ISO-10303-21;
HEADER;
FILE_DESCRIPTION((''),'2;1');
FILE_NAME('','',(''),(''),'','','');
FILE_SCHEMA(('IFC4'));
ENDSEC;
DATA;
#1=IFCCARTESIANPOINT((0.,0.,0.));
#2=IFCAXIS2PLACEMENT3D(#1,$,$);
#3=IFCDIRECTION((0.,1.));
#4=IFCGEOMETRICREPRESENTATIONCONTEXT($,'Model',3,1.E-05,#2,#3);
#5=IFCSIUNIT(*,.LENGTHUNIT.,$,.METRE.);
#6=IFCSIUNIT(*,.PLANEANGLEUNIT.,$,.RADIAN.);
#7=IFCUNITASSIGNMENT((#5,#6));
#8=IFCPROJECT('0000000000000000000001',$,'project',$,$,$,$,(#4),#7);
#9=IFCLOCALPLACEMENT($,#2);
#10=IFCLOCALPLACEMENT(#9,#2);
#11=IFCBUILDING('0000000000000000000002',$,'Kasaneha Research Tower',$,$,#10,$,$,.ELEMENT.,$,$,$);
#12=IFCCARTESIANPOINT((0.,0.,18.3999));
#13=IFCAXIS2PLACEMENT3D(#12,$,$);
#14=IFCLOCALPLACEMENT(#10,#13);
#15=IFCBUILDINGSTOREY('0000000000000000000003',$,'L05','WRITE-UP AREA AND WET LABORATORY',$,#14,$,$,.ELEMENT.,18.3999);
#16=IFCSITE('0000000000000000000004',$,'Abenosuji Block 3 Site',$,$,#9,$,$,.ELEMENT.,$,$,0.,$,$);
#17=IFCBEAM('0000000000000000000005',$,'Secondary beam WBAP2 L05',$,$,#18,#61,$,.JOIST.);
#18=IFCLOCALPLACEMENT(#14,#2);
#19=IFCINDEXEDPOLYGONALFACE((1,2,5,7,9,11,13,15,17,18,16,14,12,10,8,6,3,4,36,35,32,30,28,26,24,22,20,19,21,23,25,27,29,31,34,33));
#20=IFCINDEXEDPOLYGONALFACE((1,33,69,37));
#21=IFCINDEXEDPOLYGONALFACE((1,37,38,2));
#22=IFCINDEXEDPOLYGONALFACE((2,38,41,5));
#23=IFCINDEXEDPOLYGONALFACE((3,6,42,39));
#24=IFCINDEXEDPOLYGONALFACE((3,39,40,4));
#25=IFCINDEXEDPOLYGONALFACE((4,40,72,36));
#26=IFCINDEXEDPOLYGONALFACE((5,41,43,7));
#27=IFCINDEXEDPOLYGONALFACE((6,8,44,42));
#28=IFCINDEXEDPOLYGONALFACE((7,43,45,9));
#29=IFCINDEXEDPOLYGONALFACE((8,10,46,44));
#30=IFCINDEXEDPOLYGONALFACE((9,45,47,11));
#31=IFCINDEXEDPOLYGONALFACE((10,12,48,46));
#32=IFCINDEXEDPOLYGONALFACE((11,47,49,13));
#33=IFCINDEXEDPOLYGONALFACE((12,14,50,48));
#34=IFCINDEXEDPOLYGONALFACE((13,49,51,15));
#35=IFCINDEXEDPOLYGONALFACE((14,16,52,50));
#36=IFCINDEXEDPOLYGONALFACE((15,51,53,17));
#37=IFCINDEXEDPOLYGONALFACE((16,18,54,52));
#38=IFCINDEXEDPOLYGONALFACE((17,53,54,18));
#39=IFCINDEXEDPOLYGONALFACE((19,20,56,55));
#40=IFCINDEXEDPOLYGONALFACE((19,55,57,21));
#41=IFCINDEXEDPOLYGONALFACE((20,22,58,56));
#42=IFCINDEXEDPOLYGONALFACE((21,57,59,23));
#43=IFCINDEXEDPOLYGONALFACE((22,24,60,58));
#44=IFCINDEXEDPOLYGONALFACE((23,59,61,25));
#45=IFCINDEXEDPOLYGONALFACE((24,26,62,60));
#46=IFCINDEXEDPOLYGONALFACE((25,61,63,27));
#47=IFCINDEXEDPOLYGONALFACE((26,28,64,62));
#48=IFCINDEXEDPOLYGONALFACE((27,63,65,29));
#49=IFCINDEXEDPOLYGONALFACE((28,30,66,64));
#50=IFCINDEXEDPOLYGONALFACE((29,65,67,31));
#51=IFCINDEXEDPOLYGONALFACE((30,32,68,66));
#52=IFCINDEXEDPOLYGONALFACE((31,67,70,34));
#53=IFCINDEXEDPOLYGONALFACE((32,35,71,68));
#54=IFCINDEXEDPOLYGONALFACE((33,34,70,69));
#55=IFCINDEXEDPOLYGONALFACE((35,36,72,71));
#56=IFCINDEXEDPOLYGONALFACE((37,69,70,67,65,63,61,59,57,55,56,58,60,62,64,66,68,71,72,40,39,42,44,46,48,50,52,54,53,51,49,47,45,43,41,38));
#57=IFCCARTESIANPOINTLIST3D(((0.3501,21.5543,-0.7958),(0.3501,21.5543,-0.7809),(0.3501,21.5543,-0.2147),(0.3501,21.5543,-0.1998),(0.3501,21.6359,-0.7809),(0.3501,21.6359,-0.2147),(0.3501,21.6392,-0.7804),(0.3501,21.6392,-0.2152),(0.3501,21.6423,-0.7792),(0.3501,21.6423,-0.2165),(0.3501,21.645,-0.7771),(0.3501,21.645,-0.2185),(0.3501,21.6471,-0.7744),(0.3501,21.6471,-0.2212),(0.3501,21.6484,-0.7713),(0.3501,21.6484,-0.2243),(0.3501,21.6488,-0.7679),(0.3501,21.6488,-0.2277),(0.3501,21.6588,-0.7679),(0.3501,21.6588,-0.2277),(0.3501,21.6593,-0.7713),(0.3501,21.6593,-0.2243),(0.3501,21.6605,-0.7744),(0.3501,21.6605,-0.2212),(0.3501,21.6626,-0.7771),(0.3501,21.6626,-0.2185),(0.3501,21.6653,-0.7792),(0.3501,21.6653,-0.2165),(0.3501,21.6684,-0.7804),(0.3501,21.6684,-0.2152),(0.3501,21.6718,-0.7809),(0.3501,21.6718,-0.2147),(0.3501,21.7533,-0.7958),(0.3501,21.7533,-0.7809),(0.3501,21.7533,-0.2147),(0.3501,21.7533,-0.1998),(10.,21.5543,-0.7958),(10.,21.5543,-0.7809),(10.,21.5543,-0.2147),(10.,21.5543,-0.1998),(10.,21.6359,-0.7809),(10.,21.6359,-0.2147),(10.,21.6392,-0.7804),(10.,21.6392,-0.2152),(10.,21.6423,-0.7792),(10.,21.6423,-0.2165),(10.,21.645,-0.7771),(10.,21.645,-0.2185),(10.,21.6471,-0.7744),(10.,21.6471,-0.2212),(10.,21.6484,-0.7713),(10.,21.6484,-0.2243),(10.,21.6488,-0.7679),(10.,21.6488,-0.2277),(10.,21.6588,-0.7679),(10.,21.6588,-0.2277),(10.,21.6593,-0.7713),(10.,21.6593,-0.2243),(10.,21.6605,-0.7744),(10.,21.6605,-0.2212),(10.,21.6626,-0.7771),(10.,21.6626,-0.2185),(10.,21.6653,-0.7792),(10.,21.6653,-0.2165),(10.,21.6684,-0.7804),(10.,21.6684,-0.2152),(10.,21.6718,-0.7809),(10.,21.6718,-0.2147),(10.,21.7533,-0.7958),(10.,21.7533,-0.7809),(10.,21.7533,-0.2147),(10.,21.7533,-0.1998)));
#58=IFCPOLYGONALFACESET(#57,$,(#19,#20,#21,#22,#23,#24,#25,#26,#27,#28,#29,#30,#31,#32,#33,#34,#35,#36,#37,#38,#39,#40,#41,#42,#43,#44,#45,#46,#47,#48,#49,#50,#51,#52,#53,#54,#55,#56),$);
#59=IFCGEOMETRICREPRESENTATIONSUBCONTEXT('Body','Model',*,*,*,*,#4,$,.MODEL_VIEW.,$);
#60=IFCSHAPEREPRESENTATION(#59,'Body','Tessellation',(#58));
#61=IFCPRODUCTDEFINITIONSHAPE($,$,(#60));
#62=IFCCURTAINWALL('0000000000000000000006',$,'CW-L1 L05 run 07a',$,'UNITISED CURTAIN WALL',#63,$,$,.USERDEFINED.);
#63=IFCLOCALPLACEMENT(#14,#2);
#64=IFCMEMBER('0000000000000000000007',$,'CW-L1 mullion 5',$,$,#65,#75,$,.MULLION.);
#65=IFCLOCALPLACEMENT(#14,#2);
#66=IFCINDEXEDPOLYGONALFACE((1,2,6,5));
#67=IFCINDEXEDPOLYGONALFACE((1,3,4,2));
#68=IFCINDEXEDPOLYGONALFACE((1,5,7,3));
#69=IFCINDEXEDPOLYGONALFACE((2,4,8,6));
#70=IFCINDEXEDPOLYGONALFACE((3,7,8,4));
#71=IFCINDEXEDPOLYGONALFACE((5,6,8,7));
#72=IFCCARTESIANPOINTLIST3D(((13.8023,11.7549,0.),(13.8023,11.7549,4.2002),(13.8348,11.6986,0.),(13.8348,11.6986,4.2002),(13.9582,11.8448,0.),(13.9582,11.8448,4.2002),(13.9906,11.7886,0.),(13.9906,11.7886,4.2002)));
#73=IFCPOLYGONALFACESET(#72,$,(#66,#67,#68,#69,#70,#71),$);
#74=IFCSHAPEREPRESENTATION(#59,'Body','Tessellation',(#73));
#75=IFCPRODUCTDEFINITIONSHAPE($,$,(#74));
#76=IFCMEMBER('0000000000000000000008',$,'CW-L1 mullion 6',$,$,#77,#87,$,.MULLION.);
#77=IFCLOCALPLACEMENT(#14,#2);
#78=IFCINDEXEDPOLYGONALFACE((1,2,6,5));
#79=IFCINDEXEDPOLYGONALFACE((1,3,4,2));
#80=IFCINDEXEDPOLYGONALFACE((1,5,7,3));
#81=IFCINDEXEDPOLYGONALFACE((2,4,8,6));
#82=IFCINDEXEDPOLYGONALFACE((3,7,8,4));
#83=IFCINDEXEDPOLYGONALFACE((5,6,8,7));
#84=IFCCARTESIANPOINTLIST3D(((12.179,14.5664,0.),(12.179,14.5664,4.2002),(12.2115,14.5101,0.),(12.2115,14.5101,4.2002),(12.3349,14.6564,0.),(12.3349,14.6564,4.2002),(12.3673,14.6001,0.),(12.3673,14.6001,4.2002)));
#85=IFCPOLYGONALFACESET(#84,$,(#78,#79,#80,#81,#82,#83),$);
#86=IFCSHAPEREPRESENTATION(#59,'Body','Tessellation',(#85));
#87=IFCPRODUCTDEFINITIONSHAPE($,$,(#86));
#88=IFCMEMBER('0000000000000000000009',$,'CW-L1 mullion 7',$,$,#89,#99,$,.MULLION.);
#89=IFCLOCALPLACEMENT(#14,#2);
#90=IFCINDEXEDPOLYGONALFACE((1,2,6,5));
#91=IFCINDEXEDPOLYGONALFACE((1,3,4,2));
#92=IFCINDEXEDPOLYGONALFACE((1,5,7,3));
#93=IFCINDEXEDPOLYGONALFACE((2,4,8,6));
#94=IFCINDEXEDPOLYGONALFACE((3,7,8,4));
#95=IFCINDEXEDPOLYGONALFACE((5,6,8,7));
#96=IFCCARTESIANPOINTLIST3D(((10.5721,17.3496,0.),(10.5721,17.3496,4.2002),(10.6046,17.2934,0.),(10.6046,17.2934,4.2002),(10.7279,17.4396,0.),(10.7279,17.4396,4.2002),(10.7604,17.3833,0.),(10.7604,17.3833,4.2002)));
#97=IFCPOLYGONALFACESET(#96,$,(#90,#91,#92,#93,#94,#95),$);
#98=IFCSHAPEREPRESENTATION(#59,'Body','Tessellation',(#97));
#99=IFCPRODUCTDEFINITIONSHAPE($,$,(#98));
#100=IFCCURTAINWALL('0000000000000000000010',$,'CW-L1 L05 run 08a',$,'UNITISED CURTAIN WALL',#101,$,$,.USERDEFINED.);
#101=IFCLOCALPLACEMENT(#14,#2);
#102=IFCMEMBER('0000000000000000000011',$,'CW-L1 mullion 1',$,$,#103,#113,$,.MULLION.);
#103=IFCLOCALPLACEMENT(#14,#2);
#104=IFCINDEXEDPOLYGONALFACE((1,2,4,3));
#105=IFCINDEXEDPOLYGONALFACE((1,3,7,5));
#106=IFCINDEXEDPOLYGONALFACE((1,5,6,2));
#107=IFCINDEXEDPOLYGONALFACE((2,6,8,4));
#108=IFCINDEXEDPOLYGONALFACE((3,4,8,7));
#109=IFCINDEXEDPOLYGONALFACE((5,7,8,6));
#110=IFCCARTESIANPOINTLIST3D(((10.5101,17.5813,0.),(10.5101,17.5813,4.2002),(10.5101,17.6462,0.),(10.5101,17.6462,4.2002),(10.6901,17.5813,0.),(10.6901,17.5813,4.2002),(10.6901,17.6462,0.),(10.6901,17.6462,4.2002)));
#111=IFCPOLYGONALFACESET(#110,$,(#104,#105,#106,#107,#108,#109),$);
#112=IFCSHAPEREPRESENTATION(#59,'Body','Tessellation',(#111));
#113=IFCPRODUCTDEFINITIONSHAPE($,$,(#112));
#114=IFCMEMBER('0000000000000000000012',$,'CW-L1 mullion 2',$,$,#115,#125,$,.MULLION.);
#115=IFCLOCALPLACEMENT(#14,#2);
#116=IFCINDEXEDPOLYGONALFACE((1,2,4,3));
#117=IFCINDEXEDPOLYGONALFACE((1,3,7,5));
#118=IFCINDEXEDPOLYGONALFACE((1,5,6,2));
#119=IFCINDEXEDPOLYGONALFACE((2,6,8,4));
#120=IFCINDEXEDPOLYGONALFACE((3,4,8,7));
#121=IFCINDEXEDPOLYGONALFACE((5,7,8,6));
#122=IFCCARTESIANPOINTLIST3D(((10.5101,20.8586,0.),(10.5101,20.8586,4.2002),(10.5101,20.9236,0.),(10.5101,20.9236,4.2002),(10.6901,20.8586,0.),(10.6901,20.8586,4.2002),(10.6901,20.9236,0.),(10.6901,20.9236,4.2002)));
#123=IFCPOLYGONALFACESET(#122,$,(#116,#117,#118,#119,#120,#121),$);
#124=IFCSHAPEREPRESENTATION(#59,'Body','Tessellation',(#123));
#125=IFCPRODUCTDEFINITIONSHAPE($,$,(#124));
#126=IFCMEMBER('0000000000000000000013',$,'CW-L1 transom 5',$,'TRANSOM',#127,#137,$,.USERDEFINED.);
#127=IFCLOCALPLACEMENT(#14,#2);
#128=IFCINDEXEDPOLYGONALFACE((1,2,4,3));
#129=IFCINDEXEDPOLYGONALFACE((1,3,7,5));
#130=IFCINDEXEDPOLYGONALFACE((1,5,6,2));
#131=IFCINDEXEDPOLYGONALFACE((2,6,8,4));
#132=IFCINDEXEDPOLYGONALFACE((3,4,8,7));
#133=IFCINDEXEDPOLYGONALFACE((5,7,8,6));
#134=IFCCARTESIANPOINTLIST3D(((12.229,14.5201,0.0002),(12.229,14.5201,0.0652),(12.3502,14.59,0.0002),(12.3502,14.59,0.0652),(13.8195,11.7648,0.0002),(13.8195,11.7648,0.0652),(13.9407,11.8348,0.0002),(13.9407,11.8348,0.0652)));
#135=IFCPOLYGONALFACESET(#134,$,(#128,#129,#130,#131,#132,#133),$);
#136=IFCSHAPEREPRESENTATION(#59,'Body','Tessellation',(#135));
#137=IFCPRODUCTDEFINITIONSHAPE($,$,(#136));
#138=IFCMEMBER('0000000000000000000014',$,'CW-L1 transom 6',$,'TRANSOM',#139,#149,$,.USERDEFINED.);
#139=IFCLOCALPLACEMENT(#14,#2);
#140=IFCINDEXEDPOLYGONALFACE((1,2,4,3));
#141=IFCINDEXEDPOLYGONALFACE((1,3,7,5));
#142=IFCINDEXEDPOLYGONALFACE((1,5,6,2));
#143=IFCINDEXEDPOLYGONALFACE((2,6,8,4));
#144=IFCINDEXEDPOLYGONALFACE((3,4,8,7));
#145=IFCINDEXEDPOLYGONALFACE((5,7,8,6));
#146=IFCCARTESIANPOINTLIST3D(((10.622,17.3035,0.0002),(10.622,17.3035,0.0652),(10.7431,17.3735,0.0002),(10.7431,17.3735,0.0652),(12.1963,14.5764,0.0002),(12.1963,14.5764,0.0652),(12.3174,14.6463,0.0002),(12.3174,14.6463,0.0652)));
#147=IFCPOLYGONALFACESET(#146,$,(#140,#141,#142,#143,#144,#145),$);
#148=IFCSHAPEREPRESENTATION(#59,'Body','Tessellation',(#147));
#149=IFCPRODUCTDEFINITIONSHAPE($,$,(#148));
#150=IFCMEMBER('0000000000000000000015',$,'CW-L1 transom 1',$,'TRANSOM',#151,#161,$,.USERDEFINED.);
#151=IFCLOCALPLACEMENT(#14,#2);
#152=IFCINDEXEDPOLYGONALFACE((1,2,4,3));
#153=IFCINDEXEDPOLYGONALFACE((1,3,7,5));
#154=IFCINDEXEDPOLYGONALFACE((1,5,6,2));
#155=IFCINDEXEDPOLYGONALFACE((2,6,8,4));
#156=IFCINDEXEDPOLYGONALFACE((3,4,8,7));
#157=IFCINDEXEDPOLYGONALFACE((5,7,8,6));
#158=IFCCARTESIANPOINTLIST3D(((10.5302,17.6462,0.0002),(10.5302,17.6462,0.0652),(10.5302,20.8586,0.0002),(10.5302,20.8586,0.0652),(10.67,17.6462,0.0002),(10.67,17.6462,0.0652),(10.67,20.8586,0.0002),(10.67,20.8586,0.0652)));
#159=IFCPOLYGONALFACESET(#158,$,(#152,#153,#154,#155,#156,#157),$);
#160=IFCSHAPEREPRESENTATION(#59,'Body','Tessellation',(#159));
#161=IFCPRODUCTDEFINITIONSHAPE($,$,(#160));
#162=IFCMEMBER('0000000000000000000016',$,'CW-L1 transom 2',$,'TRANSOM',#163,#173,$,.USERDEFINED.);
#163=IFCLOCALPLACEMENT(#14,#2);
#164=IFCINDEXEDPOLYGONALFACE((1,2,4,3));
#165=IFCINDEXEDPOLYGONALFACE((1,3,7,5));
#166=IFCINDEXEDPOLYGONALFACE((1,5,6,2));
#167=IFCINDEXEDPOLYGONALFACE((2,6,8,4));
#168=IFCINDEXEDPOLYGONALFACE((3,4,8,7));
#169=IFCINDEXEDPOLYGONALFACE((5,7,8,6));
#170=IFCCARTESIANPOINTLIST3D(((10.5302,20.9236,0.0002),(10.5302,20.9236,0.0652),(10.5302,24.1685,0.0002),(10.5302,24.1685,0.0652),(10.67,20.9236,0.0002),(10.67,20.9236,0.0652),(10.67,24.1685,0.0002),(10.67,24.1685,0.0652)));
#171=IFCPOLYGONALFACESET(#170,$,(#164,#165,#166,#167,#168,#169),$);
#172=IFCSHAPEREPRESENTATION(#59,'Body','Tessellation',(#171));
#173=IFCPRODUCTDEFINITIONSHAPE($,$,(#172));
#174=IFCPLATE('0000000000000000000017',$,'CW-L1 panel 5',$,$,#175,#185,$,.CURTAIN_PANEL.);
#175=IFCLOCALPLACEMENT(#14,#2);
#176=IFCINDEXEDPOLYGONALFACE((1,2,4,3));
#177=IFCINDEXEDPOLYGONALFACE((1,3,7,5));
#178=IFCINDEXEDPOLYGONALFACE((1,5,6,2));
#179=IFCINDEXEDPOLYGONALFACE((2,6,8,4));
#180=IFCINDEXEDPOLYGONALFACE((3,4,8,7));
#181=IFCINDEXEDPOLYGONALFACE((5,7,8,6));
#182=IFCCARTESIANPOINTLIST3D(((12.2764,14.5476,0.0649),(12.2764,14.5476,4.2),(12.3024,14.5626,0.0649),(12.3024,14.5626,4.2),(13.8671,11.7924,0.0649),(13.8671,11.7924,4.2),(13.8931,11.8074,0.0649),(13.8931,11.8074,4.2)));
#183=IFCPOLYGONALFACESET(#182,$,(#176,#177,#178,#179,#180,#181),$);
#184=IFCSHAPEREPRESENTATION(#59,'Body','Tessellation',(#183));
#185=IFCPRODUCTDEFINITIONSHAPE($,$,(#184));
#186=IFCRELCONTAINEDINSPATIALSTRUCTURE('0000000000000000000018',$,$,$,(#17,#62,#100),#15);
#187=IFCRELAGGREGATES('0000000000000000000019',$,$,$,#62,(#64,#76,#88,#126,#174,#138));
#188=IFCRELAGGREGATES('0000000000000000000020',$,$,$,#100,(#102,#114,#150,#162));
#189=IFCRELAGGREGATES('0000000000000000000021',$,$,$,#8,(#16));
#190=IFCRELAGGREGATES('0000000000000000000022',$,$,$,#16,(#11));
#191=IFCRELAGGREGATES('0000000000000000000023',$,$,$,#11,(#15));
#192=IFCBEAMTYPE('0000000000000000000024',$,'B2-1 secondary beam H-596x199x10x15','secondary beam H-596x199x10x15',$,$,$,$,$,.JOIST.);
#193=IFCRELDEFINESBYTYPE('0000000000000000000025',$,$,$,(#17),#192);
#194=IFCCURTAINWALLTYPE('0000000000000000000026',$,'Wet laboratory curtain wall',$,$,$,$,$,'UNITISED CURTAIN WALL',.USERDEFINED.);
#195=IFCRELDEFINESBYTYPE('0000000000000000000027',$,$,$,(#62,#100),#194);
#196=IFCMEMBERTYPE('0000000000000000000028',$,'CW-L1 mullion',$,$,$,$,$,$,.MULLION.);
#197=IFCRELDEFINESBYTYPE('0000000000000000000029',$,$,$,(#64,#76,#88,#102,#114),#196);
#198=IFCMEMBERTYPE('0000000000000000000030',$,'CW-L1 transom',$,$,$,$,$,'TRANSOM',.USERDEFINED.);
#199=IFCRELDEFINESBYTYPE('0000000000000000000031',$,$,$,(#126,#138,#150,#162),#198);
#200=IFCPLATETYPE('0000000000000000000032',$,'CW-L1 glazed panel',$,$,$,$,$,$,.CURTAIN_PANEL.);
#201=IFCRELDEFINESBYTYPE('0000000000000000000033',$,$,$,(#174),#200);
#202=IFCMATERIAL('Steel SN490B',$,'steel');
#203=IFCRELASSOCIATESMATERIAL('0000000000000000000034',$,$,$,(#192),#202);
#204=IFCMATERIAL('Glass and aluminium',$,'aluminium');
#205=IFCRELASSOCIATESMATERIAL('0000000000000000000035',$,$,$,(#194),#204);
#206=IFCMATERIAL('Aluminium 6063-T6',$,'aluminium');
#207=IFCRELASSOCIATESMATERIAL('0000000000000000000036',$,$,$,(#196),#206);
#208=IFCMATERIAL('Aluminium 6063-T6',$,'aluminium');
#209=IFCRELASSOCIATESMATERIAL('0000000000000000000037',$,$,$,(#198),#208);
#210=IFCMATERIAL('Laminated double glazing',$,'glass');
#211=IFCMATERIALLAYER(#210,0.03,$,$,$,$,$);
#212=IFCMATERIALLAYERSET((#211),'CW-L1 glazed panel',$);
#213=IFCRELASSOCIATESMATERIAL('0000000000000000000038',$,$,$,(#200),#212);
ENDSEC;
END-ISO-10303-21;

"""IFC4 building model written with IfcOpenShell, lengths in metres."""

from ifc_helpers import new_model, si_unit, direction, frame, origin, origin_2d, place, context, subcontext, project, spatial, rectangle, i_section, extrude, material, layer, layer_set, material_profile, profile_set, type_object, element, aggregate, save


model = new_model("IFC4")

# Units and contexts
model_context = context("Model", 3, precision=1e-05, world=origin(), true_north=direction((0.0, 1.0)))
body_context = subcontext(model_context, "Body", "Model", "MODEL_VIEW")
ifc_project = project(units=[si_unit("LENGTHUNIT", "METRE"), si_unit("PLANEANGLEUNIT", "RADIAN")], contexts=[model_context])

# Site, building, storey
site_placement = place(None, origin())
site = spatial("IfcSite", under=ifc_project, at=site_placement, Name="Abenosuji Block 3 Site", CompositionType="ELEMENT", RefElevation=0.0)
building_placement = place(site_placement, origin())
building = spatial("IfcBuilding", under=site, at=building_placement, Name="Kasaneha Research Tower", CompositionType="ELEMENT")
storey_placement = place(building_placement, frame((0.0, 0.0, 18.3999)))
storey = spatial("IfcBuildingStorey", under=building, at=storey_placement, Name="L05", Description="WRITE-UP AREA AND WET LABORATORY", CompositionType="ELEMENT", Elevation=18.3999)

# Beam
ifc_material_1 = material(Name="Steel SN490B", Category="steel")
ifc_material_profile_1 = material_profile(ifc_material_1, i_section(OverallWidth=0.199, OverallDepth=0.5959, WebThickness=0.01, FlangeThickness=0.0149, FilletRadius=0.0129, at=origin_2d()), Name="H-596x199x10x15")
ifc_profile_set_1 = profile_set([ifc_material_profile_1], Name="Steel SN490B")
beam_type = type_object("IfcBeamType", Name="B2-1 secondary beam H-596x199x10x15", Description="secondary beam H-596x199x10x15", PredefinedType="JOIST", material=ifc_profile_set_1)
beam_placement = place(storey_placement, frame((10.0, 21.6538, -0.4978), z_axis=(-1.0, 0.0, 0.0), x_axis=(0.0, -1.0, 0.0)))
element("IfcBeam", 1, at=beam_placement, inside=storey, type_object=beam_type, Name="Secondary beam WBAP2 L05", PredefinedType="JOIST", context=body_context, shape_type="SweptSolid", body=[
    extrude(i_section(OverallWidth=0.199, OverallDepth=0.5959, WebThickness=0.01, FlangeThickness=0.0149, FilletRadius=0.0129, at=origin_2d()), origin(), (0.0, 0.0, 1.0), 9.6499),
])

# Curtain walls, members
ifc_material_2 = material(Name="Glass and aluminium", Category="aluminium")
curtain_wall_type = type_object("IfcCurtainWallType", Name="Wet laboratory curtain wall", ElementType="UNITISED CURTAIN WALL", PredefinedType="USERDEFINED", material=ifc_material_2)
curtain_wall_1_placement = place(storey_placement, origin())
curtain_wall_1 = element("IfcCurtainWall", 2, at=curtain_wall_1_placement, inside=storey, type_object=curtain_wall_type, Name="CW-L1 L05 run 07a", ObjectType="UNITISED CURTAIN WALL", PredefinedType="USERDEFINED")
ifc_material_3 = material(Name="Aluminium 6063-T6", Category="aluminium")
ifc_material_profile_2 = material_profile(ifc_material_3, rectangle(XDim=0.0649, YDim=0.1799, at=origin_2d()), Name="CW-L1 mullion 65x180")
ifc_profile_set_2 = profile_set([ifc_material_profile_2], Name="Aluminium 6063-T6")
member_type_1 = type_object("IfcMemberType", Name="CW-L1 mullion", PredefinedType="MULLION", material=ifc_profile_set_2)
member_1_placement = place(storey_placement, frame((13.8965, 11.7717, 0.0), z_axis=(0.0, 0.0, 1.0), x_axis=(-0.5, 0.866025, 0.0)))
member_1 = element("IfcMember", 3, at=member_1_placement, type_object=member_type_1, Name="CW-L1 mullion 5", PredefinedType="MULLION", context=body_context, shape_type="SweptSolid", body=[
    extrude(rectangle(XDim=0.0649, YDim=0.1799, at=origin_2d()), origin(), (0.0, 0.0, 1.0), 4.2002),
])
member_2_placement = place(storey_placement, frame((12.2732, 14.5833, 0.0), z_axis=(0.0, 0.0, 1.0), x_axis=(-0.5, 0.866025, 0.0)))
member_2 = element("IfcMember", 4, at=member_2_placement, type_object=member_type_1, Name="CW-L1 mullion 6", PredefinedType="MULLION", context=body_context, shape_type="SweptSolid", body=[
    extrude(rectangle(XDim=0.0649, YDim=0.1799, at=origin_2d()), origin(), (0.0, 0.0, 1.0), 4.2002),
])
member_3_placement = place(storey_placement, frame((10.6663, 17.3665, 0.0), z_axis=(0.0, 0.0, 1.0), x_axis=(-0.5, 0.866025, 0.0)))
member_3 = element("IfcMember", 5, at=member_3_placement, type_object=member_type_1, Name="CW-L1 mullion 7", PredefinedType="MULLION", context=body_context, shape_type="SweptSolid", body=[
    extrude(rectangle(XDim=0.0649, YDim=0.1799, at=origin_2d()), origin(), (0.0, 0.0, 1.0), 4.2002),
])
curtain_wall_2_placement = place(storey_placement, origin())
curtain_wall_2 = element("IfcCurtainWall", 6, at=curtain_wall_2_placement, inside=storey, type_object=curtain_wall_type, Name="CW-L1 L05 run 08a", ObjectType="UNITISED CURTAIN WALL", PredefinedType="USERDEFINED")
member_4_placement = place(storey_placement, frame((10.6001, 17.6138, 0.0), z_axis=(0.0, 0.0, 1.0), x_axis=(0.0, 1.0, 0.0)))
member_4 = element("IfcMember", 7, at=member_4_placement, type_object=member_type_1, Name="CW-L1 mullion 1", PredefinedType="MULLION", context=body_context, shape_type="SweptSolid", body=[
    extrude(rectangle(XDim=0.0649, YDim=0.1799, at=origin_2d()), origin(), (0.0, 0.0, 1.0), 4.2002),
])
member_5_placement = place(storey_placement, frame((10.6001, 20.8911, 0.0), z_axis=(0.0, 0.0, 1.0), x_axis=(0.0, 1.0, 0.0)))
member_5 = element("IfcMember", 8, at=member_5_placement, type_object=member_type_1, Name="CW-L1 mullion 2", PredefinedType="MULLION", context=body_context, shape_type="SweptSolid", body=[
    extrude(rectangle(XDim=0.0649, YDim=0.1799, at=origin_2d()), origin(), (0.0, 0.0, 1.0), 4.2002),
])

# Members
ifc_material_4 = material(Name="Aluminium 6063-T6", Category="aluminium")
ifc_material_profile_3 = material_profile(ifc_material_4, rectangle(XDim=0.1399, YDim=0.0649, at=origin_2d()), Name="CW-L1 transom 140x65")
ifc_profile_set_3 = profile_set([ifc_material_profile_3], Name="Aluminium 6063-T6")
member_type_2 = type_object("IfcMemberType", Name="CW-L1 transom", ElementType="TRANSOM", PredefinedType="USERDEFINED", material=ifc_profile_set_3)
member_6_placement = place(storey_placement, frame((13.8801, 11.7998, 0.0327), z_axis=(-0.499944, 0.866058, 0.0), x_axis=(-0.866058, -0.499944, 0.0)))
member_6 = element("IfcMember", 9, at=member_6_placement, type_object=member_type_2, Name="CW-L1 transom 5", ObjectType="TRANSOM", PredefinedType="USERDEFINED", context=body_context, shape_type="SweptSolid", body=[
    extrude(rectangle(XDim=0.1399, YDim=0.0649, at=origin_2d()), origin(), (0.0, 0.0, 1.0), 3.1814),
])
member_7_placement = place(storey_placement, frame((12.2568, 14.6113, 0.0327), z_axis=(-0.499942, 0.866059, 0.0), x_axis=(-0.866059, -0.499942, 0.0)))
member_7 = element("IfcMember", 10, at=member_7_placement, type_object=member_type_2, Name="CW-L1 transom 6", ObjectType="TRANSOM", PredefinedType="USERDEFINED", context=body_context, shape_type="SweptSolid", body=[
    extrude(rectangle(XDim=0.1399, YDim=0.0649, at=origin_2d()), origin(), (0.0, 0.0, 1.0), 3.1489),
])
member_8_placement = place(storey_placement, frame((10.6001, 17.6462, 0.0327), z_axis=(0.0, 1.0, 0.0), x_axis=(-1.0, 0.0, 0.0)))
member_8 = element("IfcMember", 11, at=member_8_placement, type_object=member_type_2, Name="CW-L1 transom 1", ObjectType="TRANSOM", PredefinedType="USERDEFINED", context=body_context, shape_type="SweptSolid", body=[
    extrude(rectangle(XDim=0.1399, YDim=0.0649, at=origin_2d()), origin(), (0.0, 0.0, 1.0), 3.2124),
])
member_9_placement = place(storey_placement, frame((10.6001, 20.9236, 0.0327), z_axis=(0.0, 1.0, 0.0), x_axis=(-1.0, 0.0, 0.0)))
member_9 = element("IfcMember", 12, at=member_9_placement, type_object=member_type_2, Name="CW-L1 transom 2", ObjectType="TRANSOM", PredefinedType="USERDEFINED", context=body_context, shape_type="SweptSolid", body=[
    extrude(rectangle(XDim=0.1399, YDim=0.0649, at=origin_2d()), origin(), (0.0, 0.0, 1.0), 3.2449),
])

# Plate
ifc_material_5 = material(Name="Laminated double glazing", Category="glass")
ifc_layer_1 = layer(ifc_material_5, 0.03)
ifc_layer_set_1 = layer_set([ifc_layer_1], Name="CW-L1 glazed panel")
plate_type = type_object("IfcPlateType", Name="CW-L1 glazed panel", PredefinedType="CURTAIN_PANEL", material=ifc_layer_set_1)
plate_1_placement = place(storey_placement, frame((13.0847, 13.1775, 0.0649), z_axis=(0.0, 0.0, 1.0), x_axis=(-0.5, 0.866025, 0.0)))
plate_1 = element("IfcPlate", 13, at=plate_1_placement, type_object=plate_type, Name="CW-L1 panel 5", PredefinedType="CURTAIN_PANEL", context=body_context, shape_type="SweptSolid", body=[
    extrude(rectangle(XDim=3.1814, YDim=0.03, at=origin_2d()), origin(), (0.0, 0.0, 1.0), 4.135),
])
aggregate(curtain_wall_1, [member_1, member_2, member_3, member_6, plate_1, member_7])
aggregate(curtain_wall_2, [member_4, member_5, member_8, member_9])

save(model, "model.ifc")
